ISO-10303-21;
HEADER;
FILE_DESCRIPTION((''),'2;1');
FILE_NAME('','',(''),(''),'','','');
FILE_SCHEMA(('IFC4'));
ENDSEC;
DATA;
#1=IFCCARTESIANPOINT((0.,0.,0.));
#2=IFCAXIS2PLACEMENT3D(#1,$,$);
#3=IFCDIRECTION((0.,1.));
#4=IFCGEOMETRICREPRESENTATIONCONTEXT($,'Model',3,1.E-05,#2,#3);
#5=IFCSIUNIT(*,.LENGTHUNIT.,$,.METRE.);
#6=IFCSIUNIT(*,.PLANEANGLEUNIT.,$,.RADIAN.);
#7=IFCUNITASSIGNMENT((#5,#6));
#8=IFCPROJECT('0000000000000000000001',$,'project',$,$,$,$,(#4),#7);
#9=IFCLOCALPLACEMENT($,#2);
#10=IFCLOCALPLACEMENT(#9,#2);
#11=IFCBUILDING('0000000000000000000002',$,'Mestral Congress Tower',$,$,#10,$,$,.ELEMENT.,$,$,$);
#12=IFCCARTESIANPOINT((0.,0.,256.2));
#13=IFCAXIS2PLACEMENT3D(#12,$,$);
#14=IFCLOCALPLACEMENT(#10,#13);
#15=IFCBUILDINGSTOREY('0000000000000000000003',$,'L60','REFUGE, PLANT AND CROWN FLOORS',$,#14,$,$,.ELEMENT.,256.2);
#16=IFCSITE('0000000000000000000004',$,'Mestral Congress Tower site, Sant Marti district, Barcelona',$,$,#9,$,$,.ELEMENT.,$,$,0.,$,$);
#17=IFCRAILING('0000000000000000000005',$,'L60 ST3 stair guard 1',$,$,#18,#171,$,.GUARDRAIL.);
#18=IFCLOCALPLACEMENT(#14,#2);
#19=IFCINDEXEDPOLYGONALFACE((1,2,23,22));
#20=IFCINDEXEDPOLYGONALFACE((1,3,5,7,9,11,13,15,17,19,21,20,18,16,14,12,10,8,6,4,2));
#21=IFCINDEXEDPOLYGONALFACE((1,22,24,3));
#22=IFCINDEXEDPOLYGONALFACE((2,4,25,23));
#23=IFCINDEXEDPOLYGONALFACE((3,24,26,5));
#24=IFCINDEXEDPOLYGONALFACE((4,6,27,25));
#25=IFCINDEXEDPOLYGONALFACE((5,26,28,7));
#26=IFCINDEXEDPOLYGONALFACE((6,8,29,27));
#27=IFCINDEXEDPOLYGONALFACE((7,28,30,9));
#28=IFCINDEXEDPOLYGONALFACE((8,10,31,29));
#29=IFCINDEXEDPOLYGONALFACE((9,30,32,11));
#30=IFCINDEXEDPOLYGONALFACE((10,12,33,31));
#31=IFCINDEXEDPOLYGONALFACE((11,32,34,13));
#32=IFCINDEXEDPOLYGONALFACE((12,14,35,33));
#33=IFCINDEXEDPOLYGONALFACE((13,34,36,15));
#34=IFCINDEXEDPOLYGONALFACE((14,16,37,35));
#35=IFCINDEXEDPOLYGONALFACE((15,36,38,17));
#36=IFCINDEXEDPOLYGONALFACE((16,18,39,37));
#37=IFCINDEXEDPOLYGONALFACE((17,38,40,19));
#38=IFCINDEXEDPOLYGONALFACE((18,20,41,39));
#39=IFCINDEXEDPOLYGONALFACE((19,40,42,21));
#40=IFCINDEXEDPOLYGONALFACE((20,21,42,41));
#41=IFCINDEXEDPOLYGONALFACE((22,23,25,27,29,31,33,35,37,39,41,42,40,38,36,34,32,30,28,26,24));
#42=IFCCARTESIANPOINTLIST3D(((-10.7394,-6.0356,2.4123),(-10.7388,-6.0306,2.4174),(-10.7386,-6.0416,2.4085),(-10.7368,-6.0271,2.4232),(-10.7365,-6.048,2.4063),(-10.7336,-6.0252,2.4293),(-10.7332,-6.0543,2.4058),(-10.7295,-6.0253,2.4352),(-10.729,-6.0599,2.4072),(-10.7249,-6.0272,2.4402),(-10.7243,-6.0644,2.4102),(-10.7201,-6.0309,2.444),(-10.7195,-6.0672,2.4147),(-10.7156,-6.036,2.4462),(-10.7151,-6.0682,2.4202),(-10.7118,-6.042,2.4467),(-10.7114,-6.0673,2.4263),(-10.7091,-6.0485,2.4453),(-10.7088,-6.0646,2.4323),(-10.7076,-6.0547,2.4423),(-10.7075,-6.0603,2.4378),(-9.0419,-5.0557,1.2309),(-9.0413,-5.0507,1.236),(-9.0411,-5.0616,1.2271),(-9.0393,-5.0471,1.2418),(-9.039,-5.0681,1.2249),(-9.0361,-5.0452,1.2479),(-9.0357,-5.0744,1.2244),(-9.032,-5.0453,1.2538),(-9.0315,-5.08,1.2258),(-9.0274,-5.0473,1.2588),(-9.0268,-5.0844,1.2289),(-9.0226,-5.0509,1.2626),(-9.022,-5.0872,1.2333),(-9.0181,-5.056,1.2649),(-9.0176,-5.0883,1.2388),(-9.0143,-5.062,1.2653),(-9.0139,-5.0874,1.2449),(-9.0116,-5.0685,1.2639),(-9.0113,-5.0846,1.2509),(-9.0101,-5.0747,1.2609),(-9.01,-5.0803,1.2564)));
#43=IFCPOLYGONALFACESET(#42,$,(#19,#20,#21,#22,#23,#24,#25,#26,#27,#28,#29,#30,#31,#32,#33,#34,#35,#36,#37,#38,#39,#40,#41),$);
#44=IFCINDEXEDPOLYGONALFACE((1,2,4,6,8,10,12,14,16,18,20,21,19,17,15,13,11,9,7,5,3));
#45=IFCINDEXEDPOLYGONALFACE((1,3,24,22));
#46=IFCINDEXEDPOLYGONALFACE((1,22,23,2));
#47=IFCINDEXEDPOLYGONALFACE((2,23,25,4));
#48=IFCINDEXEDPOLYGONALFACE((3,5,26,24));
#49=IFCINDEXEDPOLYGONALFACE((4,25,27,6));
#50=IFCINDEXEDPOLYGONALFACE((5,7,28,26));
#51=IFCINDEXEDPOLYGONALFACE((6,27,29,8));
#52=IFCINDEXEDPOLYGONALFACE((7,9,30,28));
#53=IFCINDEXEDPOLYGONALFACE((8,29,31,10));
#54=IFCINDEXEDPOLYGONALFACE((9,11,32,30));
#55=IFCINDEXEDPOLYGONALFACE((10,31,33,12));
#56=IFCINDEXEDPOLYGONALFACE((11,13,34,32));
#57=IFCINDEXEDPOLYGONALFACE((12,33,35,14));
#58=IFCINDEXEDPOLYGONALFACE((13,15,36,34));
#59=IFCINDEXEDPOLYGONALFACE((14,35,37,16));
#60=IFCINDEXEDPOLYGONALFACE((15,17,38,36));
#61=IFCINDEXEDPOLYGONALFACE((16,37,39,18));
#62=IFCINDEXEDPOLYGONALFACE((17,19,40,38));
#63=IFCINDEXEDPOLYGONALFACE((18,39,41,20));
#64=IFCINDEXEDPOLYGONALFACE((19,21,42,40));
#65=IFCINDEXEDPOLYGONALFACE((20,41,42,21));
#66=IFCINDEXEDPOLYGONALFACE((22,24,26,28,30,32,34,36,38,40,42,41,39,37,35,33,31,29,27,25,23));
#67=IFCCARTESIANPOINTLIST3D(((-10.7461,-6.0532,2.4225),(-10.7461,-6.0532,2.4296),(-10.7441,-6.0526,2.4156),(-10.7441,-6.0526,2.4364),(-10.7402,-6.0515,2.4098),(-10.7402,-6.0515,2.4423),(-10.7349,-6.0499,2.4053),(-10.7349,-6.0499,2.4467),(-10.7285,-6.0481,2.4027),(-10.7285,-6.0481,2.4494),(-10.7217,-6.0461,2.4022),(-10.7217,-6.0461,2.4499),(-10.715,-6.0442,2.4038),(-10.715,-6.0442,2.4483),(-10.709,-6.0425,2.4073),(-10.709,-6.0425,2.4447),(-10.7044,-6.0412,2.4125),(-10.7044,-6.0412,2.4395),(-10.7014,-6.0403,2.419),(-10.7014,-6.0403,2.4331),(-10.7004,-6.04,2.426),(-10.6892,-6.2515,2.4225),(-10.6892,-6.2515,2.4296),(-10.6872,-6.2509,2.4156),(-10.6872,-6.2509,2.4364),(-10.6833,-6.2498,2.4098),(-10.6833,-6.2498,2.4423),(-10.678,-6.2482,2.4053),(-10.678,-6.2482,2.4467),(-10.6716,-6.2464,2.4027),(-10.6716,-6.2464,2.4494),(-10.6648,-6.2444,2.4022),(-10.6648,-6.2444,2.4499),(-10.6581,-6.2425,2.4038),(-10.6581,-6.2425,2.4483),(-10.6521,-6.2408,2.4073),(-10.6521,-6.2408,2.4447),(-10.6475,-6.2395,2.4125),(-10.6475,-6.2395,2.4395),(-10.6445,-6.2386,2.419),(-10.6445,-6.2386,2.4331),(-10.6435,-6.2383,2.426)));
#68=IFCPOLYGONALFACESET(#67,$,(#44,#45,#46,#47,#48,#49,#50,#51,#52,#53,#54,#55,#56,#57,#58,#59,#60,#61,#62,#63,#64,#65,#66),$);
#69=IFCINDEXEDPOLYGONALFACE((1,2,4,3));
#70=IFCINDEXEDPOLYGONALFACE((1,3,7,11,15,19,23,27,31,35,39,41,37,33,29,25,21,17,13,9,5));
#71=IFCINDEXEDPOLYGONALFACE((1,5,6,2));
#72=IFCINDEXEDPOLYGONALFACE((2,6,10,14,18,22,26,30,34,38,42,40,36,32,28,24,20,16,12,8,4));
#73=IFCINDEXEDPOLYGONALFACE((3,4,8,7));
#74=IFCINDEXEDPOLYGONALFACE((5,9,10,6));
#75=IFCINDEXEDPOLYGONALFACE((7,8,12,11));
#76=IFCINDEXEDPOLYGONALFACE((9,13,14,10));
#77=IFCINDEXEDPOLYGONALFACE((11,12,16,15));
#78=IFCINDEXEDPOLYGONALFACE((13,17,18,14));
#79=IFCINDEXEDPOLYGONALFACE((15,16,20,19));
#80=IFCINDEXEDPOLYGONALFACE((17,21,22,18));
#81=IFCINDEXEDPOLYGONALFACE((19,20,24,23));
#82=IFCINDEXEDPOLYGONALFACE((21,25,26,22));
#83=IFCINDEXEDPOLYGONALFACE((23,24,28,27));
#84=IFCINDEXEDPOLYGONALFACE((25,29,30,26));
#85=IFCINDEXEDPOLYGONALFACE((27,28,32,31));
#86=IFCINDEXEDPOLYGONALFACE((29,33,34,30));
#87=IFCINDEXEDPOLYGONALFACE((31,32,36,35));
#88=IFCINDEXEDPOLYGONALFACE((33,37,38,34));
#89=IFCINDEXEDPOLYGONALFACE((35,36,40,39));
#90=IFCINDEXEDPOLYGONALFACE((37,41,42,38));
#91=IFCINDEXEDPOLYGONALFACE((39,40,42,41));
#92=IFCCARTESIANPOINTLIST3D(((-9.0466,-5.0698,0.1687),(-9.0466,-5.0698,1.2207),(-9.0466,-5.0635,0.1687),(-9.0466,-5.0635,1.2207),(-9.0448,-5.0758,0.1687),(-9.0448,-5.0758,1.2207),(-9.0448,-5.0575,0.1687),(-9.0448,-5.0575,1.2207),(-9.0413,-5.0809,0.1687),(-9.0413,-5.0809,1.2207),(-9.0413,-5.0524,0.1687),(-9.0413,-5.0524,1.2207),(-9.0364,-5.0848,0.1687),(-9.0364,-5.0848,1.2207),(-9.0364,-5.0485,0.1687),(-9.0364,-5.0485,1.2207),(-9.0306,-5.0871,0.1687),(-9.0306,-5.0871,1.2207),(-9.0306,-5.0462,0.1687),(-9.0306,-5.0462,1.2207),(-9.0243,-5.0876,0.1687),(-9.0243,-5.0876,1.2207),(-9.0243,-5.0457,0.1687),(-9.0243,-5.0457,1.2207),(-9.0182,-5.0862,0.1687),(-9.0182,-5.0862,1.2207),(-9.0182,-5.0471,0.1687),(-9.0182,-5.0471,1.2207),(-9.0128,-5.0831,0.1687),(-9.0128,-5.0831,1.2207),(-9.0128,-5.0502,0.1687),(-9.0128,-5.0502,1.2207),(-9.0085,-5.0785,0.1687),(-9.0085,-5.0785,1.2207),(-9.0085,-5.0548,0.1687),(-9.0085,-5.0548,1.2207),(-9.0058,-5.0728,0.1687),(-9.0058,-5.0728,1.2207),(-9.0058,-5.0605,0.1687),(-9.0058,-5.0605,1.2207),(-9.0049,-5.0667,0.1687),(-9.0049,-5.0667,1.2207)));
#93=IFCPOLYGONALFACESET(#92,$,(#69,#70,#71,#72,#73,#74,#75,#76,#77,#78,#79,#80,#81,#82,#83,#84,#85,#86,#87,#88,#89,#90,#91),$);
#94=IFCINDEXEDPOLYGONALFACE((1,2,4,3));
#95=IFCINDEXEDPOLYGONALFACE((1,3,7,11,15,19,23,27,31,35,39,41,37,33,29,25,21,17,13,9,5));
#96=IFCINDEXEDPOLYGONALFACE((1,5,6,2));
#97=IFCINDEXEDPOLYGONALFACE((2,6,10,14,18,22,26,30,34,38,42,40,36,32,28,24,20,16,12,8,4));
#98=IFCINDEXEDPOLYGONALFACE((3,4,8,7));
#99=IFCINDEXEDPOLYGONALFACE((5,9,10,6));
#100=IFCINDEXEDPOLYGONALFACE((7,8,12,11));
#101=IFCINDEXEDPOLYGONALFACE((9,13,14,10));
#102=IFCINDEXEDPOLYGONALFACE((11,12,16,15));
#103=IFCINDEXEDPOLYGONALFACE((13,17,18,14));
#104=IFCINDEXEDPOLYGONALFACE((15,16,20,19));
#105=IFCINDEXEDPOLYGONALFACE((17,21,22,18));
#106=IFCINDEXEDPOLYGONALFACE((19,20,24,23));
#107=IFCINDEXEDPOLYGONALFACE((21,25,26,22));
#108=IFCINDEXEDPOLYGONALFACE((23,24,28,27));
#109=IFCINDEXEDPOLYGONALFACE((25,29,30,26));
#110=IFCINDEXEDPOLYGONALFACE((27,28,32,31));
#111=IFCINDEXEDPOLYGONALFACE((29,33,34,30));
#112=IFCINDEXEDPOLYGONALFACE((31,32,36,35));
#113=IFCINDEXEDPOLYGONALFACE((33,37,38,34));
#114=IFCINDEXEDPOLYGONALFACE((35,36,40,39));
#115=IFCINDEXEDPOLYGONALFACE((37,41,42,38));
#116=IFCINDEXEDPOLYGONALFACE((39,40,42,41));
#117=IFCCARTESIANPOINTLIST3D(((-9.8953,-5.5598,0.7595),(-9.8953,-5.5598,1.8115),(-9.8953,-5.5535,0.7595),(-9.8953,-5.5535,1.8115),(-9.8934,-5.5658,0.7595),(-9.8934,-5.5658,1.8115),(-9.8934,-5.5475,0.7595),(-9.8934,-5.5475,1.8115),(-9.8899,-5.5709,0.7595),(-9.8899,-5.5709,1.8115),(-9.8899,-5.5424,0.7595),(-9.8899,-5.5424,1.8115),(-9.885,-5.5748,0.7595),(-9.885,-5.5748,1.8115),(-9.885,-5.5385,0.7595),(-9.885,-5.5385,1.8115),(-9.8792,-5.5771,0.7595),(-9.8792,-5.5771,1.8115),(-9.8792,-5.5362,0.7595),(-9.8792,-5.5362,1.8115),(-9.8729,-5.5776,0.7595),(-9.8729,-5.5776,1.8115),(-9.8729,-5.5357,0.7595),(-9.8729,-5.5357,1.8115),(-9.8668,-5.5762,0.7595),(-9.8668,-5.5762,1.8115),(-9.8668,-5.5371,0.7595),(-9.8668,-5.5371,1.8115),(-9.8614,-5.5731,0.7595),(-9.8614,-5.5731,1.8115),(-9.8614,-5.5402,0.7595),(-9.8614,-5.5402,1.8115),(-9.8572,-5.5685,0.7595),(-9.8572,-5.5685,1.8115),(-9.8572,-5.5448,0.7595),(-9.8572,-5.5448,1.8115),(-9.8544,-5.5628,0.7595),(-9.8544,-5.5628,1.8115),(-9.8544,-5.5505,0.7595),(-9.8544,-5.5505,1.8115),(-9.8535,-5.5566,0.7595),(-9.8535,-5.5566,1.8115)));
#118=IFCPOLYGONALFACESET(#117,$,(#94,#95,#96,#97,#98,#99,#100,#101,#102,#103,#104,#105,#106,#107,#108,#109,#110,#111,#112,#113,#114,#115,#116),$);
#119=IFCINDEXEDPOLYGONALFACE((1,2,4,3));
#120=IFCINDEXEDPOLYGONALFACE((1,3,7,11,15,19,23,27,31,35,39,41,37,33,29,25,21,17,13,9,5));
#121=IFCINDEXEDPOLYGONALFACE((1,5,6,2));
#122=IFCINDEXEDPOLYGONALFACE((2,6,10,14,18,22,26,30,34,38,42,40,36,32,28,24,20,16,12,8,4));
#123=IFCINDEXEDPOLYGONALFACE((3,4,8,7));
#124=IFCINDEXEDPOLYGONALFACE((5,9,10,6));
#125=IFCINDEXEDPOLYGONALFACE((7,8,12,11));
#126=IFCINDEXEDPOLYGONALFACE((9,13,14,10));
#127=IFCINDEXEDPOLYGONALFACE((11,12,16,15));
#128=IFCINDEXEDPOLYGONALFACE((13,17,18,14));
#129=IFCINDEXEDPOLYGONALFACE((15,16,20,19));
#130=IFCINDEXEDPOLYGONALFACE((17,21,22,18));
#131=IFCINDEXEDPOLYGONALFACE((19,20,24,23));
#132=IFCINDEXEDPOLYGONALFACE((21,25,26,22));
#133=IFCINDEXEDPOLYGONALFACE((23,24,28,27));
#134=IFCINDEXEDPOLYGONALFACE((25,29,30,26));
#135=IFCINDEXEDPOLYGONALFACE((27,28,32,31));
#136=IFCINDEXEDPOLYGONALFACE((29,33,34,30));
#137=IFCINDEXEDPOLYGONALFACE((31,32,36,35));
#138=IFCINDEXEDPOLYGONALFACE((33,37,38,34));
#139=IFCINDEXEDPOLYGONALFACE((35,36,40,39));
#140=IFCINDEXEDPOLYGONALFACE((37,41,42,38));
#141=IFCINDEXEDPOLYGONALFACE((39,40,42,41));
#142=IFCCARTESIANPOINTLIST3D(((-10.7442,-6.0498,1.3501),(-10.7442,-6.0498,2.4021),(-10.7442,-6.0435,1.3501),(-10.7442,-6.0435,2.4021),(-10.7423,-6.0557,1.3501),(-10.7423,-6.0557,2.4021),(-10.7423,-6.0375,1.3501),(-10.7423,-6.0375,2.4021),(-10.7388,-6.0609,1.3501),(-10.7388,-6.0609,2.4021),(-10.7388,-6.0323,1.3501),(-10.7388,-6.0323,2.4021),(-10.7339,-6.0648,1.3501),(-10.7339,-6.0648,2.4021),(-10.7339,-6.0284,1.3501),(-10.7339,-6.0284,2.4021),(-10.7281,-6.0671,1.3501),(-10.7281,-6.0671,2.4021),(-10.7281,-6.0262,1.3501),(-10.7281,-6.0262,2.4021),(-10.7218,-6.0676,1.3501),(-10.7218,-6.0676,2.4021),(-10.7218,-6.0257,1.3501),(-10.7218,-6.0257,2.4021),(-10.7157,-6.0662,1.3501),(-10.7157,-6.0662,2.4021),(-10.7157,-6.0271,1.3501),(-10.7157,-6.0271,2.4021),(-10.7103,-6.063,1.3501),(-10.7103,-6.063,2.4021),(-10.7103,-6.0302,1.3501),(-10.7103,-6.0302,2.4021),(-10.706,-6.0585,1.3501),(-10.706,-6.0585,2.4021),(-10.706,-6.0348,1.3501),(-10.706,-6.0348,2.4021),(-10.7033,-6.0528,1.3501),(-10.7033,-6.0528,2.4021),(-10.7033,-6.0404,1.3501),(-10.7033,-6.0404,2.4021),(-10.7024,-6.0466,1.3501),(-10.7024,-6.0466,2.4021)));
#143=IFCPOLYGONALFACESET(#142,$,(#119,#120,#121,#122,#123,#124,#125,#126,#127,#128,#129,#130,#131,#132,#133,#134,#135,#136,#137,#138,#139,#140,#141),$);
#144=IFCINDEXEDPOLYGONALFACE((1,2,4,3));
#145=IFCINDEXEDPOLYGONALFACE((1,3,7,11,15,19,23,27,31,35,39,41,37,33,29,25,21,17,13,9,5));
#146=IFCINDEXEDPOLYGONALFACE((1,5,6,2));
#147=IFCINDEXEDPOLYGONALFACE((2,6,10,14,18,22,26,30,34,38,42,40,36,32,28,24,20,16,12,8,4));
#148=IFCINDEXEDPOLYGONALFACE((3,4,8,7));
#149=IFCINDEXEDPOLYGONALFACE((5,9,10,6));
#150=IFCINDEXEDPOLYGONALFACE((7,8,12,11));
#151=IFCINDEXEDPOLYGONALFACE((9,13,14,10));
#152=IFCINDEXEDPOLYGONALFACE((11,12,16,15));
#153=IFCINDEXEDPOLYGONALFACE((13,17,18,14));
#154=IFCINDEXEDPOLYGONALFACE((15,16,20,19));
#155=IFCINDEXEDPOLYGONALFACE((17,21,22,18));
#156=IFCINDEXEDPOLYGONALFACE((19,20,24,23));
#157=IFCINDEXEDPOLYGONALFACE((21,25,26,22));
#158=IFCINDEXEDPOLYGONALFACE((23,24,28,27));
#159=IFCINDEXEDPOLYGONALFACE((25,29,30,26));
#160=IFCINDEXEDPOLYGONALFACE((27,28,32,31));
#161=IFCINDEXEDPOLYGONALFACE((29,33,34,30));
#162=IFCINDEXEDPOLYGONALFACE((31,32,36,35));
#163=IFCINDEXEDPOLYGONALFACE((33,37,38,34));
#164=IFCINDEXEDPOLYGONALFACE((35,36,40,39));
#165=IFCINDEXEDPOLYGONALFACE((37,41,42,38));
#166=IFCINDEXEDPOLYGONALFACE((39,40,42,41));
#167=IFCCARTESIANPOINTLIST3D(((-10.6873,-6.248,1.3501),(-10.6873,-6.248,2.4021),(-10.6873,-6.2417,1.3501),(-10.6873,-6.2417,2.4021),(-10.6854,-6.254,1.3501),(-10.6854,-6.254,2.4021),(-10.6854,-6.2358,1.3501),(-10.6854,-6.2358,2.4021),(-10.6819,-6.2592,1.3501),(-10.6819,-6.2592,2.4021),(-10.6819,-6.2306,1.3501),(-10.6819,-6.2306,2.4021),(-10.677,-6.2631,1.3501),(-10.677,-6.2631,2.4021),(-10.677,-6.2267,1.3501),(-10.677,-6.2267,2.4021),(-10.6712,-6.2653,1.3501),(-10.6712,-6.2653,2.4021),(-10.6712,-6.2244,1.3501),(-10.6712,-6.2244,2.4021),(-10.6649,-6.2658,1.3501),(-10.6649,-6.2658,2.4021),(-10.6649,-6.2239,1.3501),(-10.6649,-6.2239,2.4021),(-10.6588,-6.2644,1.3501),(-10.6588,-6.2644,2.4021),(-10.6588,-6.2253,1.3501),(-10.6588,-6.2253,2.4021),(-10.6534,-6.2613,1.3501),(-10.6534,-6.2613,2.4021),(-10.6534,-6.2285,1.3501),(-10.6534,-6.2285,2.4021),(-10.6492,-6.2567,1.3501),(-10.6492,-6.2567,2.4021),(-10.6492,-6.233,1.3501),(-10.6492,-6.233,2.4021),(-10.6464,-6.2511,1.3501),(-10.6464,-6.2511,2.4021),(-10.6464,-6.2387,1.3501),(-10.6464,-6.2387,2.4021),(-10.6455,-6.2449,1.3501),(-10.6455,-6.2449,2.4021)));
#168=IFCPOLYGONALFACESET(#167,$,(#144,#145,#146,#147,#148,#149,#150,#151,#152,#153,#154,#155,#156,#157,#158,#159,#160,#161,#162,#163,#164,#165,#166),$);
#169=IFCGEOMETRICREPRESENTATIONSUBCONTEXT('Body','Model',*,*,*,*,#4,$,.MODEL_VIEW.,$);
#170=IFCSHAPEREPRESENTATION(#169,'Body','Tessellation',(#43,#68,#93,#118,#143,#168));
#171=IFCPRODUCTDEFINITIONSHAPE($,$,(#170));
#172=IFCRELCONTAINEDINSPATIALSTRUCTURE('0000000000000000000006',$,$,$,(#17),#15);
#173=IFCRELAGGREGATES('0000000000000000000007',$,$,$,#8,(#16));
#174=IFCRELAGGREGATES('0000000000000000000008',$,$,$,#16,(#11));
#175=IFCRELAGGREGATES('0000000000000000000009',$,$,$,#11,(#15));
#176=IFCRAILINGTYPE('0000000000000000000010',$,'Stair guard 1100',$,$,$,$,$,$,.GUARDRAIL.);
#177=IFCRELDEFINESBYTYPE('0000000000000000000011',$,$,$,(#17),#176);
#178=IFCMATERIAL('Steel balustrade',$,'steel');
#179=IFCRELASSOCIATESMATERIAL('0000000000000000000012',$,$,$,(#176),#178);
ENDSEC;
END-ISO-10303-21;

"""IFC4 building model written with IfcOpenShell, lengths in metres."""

from ifc_helpers import new_model, si_unit, direction, frame, origin, origin_2d, place, context, subcontext, project, spatial, circle, extrude, material, type_object, element, save


model = new_model("IFC4")

# Units and contexts
model_context = context("Model", 3, precision=1e-05, world=origin(), true_north=direction((0.0, 1.0)))
body_context = subcontext(model_context, "Body", "Model", "MODEL_VIEW")
ifc_project = project(units=[si_unit("LENGTHUNIT", "METRE"), si_unit("PLANEANGLEUNIT", "RADIAN")], contexts=[model_context])

# Site, building, storey
site_placement = place(None, origin())
site = spatial("IfcSite", under=ifc_project, at=site_placement, Name="Mestral Congress Tower site, Sant Marti district, Barcelona", CompositionType="ELEMENT", RefElevation=0.0)
building_placement = place(site_placement, origin())
building = spatial("IfcBuilding", under=site, at=building_placement, Name="Mestral Congress Tower", CompositionType="ELEMENT")
storey_placement = place(building_placement, frame((0.0, 0.0, 256.2)))
storey = spatial("IfcBuildingStorey", under=building, at=storey_placement, Name="L60", Description="REFUGE, PLANT AND CROWN FLOORS", CompositionType="ELEMENT", Elevation=256.2)

# Railing
ifc_material_1 = material(Name="Steel balustrade", Category="steel")
railing_type_1 = type_object("IfcRailingType", Name="Stair guard 1100", PredefinedType="GUARDRAIL", material=ifc_material_1)
railing_1_placement = place(storey_placement, frame((-9.0259, -5.0667, 0.1687)))
element("IfcRailing", 1, at=railing_1_placement, inside=storey, type_object=railing_type_1, Name="L60 ST3 stair guard 1", PredefinedType="GUARDRAIL", context=body_context, shape_type="SweptSolid", body=[
    extrude(circle(Radius=0.0239, at=origin_2d()), frame((0.0, 0.0, 1.0762), z_axis=(-0.741731, -0.428205, 0.516214), x_axis=(0.49997, -0.866042, 0.0)), (0.0, 0.0, 1.0), 2.2886),
    extrude(circle(Radius=0.0239, at=origin_2d()), frame((-1.6975, -0.98, 2.2573), z_axis=(0.275815, -0.961211, 0.0), x_axis=(0.961211, 0.275815, 0.0)), (0.0, 0.0, 1.0), 0.2063),
    extrude(circle(Radius=0.021, at=origin_2d()), origin(), (0.0, 0.0, 1.0), 1.052),
    extrude(circle(Radius=0.021, at=origin_2d()), frame((-0.8486, -0.49, 0.5908)), (0.0, 0.0, 1.0), 1.052),
    extrude(circle(Radius=0.021, at=origin_2d()), frame((-1.6975, -0.98, 1.1814)), (0.0, 0.0, 1.0), 1.052),
    extrude(circle(Radius=0.021, at=origin_2d()), frame((-1.6406, -1.1782, 1.1814)), (0.0, 0.0, 1.0), 1.052),
])

save(model, "model.ifc")
